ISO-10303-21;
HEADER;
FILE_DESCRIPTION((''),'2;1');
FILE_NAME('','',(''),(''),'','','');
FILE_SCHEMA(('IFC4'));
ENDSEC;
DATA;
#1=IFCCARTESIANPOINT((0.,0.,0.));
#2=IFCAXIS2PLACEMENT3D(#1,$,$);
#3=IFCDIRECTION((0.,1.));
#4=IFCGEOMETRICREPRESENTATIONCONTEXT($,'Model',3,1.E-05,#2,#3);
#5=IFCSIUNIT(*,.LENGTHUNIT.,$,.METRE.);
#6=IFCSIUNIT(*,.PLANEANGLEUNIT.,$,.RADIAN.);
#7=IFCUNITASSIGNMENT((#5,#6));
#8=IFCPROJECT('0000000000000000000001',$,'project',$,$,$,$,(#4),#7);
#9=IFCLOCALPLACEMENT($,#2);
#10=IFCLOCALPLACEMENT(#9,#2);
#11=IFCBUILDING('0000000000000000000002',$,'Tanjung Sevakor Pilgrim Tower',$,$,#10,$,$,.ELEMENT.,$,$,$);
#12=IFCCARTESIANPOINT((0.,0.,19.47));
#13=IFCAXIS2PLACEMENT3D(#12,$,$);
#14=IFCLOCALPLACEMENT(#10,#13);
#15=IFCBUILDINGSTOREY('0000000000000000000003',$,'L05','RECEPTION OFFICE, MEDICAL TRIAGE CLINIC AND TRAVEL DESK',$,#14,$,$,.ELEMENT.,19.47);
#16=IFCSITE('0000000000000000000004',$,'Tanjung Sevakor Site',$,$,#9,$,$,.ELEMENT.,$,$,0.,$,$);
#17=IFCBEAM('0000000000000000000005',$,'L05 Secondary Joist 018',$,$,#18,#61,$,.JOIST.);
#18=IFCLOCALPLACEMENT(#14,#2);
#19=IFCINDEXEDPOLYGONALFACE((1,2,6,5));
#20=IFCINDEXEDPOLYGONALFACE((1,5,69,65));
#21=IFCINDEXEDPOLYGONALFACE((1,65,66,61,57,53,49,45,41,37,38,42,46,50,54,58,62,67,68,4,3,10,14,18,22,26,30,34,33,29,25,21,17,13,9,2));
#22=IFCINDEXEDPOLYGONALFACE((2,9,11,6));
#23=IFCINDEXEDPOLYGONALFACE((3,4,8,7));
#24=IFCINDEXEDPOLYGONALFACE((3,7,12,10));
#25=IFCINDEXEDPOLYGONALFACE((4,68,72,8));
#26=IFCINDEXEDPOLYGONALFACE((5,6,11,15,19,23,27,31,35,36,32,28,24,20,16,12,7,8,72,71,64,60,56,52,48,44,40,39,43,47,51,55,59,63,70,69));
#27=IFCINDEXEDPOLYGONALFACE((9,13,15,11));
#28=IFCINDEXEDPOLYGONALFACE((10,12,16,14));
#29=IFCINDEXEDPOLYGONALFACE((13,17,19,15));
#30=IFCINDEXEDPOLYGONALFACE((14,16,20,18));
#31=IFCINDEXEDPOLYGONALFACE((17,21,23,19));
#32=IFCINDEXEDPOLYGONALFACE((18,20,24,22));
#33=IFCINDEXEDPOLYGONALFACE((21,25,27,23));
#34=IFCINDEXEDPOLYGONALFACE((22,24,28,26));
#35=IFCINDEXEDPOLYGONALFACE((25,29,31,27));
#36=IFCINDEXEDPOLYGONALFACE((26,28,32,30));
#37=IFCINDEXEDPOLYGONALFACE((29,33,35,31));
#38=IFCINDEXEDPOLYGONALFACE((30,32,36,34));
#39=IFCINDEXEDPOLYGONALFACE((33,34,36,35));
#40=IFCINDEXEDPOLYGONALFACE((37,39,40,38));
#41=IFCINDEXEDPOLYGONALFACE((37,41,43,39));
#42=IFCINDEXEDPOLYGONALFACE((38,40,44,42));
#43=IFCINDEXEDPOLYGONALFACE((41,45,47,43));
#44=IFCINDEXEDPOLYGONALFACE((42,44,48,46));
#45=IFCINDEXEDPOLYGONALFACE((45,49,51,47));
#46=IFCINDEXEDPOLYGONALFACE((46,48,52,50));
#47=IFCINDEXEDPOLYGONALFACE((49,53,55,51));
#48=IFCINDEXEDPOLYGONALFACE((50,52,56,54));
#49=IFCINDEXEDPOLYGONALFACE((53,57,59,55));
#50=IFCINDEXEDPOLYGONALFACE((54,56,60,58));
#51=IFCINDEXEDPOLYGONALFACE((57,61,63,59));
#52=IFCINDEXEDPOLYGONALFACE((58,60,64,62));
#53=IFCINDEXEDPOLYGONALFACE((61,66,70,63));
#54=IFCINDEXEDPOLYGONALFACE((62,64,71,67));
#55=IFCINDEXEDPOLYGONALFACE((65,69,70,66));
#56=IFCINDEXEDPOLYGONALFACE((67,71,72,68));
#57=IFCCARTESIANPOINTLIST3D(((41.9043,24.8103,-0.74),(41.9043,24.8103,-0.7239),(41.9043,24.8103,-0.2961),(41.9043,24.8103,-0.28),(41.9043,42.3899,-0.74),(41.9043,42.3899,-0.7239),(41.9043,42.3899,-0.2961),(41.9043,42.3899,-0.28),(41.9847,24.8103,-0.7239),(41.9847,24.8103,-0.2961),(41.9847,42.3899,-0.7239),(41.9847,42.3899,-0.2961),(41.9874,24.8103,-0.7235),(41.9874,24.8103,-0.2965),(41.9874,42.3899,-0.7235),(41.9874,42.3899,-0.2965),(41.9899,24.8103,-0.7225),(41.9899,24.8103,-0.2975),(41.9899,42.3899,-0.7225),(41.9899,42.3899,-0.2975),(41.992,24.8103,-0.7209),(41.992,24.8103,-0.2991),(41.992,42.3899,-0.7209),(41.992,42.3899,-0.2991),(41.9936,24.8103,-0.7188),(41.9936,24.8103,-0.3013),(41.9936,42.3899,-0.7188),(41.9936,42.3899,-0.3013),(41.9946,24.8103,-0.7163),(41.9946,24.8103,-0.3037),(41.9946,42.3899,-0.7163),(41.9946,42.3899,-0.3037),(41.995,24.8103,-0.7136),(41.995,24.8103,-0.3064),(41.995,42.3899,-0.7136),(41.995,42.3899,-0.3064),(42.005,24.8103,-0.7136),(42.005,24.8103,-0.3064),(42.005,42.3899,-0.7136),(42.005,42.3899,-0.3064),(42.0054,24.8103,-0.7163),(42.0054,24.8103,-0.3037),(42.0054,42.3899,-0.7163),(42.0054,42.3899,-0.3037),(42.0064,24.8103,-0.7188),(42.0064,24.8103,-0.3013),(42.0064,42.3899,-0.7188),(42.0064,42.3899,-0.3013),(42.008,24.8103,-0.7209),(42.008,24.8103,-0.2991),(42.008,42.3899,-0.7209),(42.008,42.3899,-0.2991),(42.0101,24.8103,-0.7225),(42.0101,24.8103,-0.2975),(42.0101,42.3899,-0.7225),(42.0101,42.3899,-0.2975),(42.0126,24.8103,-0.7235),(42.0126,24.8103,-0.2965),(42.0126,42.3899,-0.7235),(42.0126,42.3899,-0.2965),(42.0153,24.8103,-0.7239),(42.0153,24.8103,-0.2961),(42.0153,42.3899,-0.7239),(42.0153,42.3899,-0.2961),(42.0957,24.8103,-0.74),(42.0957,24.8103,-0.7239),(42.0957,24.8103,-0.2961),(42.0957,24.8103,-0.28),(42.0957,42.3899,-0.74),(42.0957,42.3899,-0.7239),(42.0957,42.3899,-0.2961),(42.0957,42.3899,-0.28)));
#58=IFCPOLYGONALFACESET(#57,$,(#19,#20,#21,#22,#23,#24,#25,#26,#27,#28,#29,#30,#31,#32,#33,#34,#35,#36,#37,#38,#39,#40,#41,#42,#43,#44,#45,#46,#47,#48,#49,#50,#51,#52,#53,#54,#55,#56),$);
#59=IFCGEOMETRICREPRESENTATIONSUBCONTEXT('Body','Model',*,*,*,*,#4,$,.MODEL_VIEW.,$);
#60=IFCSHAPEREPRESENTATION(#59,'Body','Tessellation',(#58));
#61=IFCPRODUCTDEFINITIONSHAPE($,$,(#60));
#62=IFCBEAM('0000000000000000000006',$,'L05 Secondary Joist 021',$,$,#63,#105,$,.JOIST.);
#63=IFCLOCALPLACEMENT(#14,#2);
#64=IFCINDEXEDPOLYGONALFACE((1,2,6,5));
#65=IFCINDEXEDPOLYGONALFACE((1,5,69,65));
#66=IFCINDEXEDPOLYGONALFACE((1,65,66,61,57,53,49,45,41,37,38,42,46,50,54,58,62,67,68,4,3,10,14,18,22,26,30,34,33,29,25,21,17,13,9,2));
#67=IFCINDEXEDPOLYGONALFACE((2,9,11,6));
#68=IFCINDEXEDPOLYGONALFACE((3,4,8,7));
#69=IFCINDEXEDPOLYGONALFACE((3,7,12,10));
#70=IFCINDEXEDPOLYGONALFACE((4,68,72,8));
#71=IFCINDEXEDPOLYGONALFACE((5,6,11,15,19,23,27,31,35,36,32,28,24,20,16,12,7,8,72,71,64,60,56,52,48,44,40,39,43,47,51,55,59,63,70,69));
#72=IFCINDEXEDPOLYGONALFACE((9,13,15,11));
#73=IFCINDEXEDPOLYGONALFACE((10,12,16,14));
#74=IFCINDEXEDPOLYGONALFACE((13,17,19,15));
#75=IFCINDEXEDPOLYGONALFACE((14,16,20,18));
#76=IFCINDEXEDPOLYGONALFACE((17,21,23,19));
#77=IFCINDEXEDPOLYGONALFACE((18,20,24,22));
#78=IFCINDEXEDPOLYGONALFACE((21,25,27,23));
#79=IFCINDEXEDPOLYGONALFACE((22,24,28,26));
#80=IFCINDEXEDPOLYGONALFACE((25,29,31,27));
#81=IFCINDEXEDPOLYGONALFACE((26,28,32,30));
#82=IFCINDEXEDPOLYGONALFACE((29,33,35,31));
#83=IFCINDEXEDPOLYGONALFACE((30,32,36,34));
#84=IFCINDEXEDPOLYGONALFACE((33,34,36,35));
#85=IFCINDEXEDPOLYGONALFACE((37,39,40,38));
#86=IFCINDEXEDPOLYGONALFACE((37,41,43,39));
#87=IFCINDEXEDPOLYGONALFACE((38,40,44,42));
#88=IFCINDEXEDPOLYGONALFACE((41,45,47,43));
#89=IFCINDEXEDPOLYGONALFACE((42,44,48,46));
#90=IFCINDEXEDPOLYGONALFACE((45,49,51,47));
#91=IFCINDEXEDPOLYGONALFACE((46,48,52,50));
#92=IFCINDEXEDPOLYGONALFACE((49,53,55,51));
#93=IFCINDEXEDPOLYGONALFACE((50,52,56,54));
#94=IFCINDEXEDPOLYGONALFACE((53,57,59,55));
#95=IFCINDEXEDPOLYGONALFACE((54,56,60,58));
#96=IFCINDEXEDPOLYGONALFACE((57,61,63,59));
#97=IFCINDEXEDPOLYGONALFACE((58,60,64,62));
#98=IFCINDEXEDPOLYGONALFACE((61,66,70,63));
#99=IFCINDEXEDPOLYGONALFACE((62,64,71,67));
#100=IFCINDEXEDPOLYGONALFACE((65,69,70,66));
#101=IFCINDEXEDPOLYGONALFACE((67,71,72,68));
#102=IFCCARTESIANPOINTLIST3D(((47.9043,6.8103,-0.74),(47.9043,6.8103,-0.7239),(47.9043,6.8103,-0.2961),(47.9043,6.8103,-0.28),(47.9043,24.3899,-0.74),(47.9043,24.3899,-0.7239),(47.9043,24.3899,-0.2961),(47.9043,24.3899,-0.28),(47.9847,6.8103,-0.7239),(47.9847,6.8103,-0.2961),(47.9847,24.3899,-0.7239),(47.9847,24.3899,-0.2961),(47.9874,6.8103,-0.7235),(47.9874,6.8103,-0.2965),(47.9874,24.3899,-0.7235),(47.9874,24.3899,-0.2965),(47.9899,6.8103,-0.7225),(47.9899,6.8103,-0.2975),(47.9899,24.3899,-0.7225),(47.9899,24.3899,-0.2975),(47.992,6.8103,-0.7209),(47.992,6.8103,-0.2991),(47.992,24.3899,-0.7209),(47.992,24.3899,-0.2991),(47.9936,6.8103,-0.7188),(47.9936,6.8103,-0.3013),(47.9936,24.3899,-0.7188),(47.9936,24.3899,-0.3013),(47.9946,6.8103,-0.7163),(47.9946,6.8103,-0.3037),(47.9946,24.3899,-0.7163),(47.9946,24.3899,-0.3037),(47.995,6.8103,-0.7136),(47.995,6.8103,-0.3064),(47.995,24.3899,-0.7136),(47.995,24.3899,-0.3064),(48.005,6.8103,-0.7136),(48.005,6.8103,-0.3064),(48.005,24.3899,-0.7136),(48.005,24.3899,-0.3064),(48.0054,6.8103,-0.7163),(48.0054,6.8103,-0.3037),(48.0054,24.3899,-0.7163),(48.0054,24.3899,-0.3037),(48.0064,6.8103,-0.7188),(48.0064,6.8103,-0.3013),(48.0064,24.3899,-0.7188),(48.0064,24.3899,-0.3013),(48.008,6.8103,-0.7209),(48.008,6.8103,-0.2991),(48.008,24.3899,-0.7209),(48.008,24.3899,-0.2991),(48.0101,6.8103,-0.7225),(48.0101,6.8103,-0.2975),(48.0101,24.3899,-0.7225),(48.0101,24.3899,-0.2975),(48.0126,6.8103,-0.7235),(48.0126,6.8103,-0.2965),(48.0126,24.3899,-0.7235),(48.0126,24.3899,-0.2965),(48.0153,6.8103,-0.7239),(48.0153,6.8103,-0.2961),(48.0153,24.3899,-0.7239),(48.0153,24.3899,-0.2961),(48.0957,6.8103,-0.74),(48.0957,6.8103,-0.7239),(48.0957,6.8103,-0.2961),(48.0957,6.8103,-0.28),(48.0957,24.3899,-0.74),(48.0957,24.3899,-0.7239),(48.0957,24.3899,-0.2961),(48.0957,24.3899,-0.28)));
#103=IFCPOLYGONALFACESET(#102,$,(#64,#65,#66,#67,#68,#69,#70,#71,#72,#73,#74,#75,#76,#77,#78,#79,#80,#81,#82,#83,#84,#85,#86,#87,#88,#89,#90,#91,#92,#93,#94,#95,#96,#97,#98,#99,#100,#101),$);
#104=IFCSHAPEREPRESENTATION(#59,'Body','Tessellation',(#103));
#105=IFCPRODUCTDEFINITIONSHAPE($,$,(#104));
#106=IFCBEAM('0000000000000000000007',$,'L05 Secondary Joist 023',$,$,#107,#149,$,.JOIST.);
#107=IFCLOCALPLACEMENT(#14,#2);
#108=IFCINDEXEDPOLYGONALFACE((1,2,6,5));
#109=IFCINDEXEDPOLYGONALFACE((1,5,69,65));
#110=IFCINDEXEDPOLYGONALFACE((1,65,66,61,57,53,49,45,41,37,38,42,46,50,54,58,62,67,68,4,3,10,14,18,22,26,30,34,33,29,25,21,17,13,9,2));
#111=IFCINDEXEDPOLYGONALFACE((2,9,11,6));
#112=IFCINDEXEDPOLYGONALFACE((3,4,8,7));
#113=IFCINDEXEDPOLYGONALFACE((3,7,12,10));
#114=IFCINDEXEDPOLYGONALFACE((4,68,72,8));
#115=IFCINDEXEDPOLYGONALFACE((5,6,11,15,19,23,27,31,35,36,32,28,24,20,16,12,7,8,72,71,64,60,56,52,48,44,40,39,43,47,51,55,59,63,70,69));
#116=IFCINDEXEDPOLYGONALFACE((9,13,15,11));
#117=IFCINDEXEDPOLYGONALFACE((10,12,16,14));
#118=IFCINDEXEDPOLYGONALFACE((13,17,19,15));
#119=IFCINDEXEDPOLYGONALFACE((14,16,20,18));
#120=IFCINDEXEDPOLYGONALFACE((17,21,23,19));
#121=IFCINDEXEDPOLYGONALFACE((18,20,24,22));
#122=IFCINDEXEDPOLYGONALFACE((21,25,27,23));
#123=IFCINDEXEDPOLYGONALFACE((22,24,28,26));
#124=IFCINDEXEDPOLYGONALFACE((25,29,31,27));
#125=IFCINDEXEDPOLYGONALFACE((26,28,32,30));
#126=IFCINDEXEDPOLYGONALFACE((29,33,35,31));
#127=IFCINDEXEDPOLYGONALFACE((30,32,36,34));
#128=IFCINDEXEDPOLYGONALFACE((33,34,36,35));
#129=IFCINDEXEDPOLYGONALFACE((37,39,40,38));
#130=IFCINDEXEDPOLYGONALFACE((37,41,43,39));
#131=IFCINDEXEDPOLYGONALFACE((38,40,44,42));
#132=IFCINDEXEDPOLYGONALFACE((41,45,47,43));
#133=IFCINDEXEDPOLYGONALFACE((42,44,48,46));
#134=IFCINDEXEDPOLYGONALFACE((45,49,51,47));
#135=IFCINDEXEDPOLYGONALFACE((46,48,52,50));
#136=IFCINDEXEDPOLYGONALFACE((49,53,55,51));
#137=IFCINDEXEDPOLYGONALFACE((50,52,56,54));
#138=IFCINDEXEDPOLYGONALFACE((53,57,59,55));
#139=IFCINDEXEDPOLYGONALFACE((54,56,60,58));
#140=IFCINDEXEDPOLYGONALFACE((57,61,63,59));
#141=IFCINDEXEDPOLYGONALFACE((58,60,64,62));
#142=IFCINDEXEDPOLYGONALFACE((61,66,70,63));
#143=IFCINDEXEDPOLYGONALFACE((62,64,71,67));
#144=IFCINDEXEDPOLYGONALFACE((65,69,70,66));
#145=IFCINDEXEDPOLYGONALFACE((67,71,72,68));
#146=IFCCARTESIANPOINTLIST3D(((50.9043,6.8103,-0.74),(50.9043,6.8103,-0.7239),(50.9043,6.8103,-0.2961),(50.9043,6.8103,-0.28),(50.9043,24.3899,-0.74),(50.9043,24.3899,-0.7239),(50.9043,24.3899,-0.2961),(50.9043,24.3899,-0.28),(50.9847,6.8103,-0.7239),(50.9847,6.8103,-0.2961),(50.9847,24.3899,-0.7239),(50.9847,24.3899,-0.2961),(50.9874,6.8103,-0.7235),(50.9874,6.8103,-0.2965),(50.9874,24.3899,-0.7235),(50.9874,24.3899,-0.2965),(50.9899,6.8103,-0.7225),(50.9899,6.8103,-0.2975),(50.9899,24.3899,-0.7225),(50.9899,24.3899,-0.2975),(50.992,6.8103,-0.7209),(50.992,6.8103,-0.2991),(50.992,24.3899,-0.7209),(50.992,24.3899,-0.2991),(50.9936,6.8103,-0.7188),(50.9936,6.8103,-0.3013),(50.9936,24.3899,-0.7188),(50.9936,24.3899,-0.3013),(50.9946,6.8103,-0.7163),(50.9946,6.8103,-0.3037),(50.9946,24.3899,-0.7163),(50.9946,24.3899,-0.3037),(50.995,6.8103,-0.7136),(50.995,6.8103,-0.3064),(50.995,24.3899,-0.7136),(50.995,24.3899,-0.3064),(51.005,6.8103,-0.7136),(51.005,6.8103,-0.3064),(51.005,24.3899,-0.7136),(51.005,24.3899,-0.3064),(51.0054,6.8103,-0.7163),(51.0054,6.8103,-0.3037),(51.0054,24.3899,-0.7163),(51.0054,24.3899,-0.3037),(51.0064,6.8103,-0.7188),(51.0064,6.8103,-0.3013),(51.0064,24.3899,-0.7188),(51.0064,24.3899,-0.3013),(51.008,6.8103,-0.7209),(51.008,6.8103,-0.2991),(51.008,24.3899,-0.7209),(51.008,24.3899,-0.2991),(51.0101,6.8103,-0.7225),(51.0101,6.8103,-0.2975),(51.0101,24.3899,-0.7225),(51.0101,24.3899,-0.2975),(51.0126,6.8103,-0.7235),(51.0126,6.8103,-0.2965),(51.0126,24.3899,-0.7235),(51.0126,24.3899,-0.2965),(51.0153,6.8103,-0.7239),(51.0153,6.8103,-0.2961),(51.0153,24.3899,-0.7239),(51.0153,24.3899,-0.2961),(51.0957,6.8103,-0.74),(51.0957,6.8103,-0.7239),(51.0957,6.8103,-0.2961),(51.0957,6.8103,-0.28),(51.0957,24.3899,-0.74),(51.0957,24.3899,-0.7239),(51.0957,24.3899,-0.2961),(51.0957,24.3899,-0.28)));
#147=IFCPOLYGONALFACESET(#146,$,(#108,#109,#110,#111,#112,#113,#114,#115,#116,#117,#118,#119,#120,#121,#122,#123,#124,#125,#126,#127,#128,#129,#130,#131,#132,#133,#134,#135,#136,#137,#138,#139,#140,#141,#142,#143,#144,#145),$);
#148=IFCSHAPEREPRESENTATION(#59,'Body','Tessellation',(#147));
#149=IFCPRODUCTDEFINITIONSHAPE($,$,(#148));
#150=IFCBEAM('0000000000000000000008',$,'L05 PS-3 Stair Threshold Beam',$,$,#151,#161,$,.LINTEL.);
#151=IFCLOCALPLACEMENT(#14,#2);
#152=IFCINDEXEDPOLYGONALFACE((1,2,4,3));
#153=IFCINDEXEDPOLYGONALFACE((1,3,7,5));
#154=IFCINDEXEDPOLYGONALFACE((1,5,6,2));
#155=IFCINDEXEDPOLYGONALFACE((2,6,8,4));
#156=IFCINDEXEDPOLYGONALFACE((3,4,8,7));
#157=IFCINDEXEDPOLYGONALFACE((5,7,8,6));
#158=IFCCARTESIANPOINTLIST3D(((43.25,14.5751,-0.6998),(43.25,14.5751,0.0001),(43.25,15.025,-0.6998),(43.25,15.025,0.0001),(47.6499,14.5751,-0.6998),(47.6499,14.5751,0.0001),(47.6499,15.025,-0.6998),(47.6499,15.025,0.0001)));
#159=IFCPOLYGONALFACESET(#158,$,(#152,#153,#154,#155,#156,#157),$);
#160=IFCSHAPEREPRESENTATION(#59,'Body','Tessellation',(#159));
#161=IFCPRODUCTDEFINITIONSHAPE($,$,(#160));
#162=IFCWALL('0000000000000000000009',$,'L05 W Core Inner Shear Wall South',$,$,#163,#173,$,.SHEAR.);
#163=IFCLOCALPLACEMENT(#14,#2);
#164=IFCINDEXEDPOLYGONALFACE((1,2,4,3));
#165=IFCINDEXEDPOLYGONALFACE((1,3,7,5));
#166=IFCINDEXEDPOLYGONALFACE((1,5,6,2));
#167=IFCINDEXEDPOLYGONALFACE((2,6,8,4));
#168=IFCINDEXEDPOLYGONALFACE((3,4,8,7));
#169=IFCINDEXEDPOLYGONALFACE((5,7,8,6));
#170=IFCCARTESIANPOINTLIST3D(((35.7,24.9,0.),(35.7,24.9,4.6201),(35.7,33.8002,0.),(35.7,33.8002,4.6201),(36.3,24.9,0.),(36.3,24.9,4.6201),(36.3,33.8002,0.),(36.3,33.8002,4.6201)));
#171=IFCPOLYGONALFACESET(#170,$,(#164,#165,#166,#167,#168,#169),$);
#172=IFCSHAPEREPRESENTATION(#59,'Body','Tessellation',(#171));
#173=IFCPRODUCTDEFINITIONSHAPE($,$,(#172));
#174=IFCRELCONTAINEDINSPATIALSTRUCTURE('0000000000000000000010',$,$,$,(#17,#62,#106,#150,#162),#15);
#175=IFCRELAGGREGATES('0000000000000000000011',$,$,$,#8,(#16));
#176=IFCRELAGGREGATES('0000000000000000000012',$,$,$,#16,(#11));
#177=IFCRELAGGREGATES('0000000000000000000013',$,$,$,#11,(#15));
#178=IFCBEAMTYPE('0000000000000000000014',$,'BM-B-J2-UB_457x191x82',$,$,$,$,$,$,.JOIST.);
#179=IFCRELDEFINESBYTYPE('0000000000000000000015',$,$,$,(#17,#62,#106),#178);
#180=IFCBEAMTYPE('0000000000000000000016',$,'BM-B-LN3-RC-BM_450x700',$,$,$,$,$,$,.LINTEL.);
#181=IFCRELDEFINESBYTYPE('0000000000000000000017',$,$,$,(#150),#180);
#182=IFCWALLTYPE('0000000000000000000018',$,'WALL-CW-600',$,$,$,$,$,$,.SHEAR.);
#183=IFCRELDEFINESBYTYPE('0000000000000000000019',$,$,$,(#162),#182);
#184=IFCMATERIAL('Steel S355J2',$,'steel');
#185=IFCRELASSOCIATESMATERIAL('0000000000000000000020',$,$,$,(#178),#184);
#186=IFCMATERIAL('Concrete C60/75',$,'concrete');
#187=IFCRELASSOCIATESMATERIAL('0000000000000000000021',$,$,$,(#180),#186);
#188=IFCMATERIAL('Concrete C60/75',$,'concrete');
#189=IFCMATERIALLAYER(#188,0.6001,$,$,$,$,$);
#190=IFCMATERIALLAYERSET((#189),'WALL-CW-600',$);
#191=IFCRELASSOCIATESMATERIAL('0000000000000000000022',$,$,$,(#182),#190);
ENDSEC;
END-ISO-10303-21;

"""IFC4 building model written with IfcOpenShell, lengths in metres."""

from ifc_helpers import new_model, si_unit, direction, frame, frame_2d, origin, origin_2d, place, context, subcontext, project, spatial, rectangle, i_section, extrude, material, layer, layer_set, material_profile, profile_set, type_object, element, save


model = new_model("IFC4")

# Units and contexts
model_context = context("Model", 3, precision=1e-05, world=origin(), true_north=direction((0.0, 1.0)))
body_context = subcontext(model_context, "Body", "Model", "MODEL_VIEW")
ifc_project = project(units=[si_unit("LENGTHUNIT", "METRE"), si_unit("PLANEANGLEUNIT", "RADIAN")], contexts=[model_context])

# Site, building, storey
site_placement = place(None, origin())
site = spatial("IfcSite", under=ifc_project, at=site_placement, Name="Tanjung Sevakor Site", CompositionType="ELEMENT", RefElevation=0.0)
building_placement = place(site_placement, origin())
building = spatial("IfcBuilding", under=site, at=building_placement, Name="Tanjung Sevakor Pilgrim Tower", CompositionType="ELEMENT")
storey_placement = place(building_placement, frame((0.0, 0.0, 19.47)))
storey = spatial("IfcBuildingStorey", under=building, at=storey_placement, Name="L05", Description="RECEPTION OFFICE, MEDICAL TRIAGE CLINIC AND TRAVEL DESK", CompositionType="ELEMENT", Elevation=19.47)

# Beams
ifc_material_1 = material(Name="Steel S355J2", Category="steel")
ifc_material_profile_1 = material_profile(ifc_material_1, i_section(OverallWidth=0.1914, OverallDepth=0.46, WebThickness=0.01, FlangeThickness=0.0161, FilletRadius=0.0103, at=origin_2d()))
ifc_profile_set_1 = profile_set([ifc_material_profile_1], Name="Steel S355J2")
beam_type_1 = type_object("IfcBeamType", Name="BM-B-J2-UB_457x191x82", PredefinedType="JOIST", material=ifc_profile_set_1)
for number, where, z_axis, x_axis, name in (
    (1, (42.0, 24.8103, -0.51), (0.0, 1.0, 0.0), (-1.0, 0.0, 0.0), "L05 Secondary Joist 018"),
    (2, (48.0, 6.8103, -0.51), (0.0, 1.0, 0.0), (-1.0, 0.0, 0.0), "L05 Secondary Joist 021"),
    (3, (51.0, 6.8103, -0.51), (0.0, 1.0, 0.0), (-1.0, 0.0, 0.0), "L05 Secondary Joist 023"),
):
    element("IfcBeam", number, at=place(storey_placement, frame(where, z_axis=z_axis, x_axis=x_axis)), inside=storey, type_object=beam_type_1, Name=name, PredefinedType="JOIST", context=body_context, shape_type="SweptSolid", body=[
        extrude(i_section(OverallWidth=0.1914, OverallDepth=0.46, WebThickness=0.01, FlangeThickness=0.0161, FilletRadius=0.0103, at=origin_2d()), origin(), (0.0, 0.0, 1.0), 17.5796),
    ])
ifc_material_2 = material(Name="Concrete C60/75", Category="concrete")
ifc_material_profile_2 = material_profile(ifc_material_2, rectangle(XDim=0.45, YDim=0.7, at=origin_2d()))
ifc_profile_set_2 = profile_set([ifc_material_profile_2], Name="Concrete C60/75")
beam_type_2 = type_object("IfcBeamType", Name="BM-B-LN3-RC-BM_450x700", PredefinedType="LINTEL", material=ifc_profile_set_2)
beam_placement = place(storey_placement, frame((43.25, 14.8, -0.3499), z_axis=(1.0, 0.0, 0.0), x_axis=(0.0, 1.0, 0.0)))
element("IfcBeam", 4, at=beam_placement, inside=storey, type_object=beam_type_2, Name="L05 PS-3 Stair Threshold Beam", PredefinedType="LINTEL", context=body_context, shape_type="SweptSolid", body=[
    extrude(rectangle(XDim=0.45, YDim=0.7, at=origin_2d()), origin(), (0.0, 0.0, 1.0), 4.3999),
])

# Wall
ifc_material_3 = material(Name="Concrete C60/75", Category="concrete")
ifc_layer_1 = layer(ifc_material_3, 0.6001)
ifc_layer_set_1 = layer_set([ifc_layer_1], Name="WALL-CW-600")
wall_type_1 = type_object("IfcWallType", Name="WALL-CW-600", PredefinedType="SHEAR", material=ifc_layer_set_1)
wall_1_placement = place(storey_placement, frame((36.0, 24.8999, 0.0), z_axis=(0.0, 0.0, 1.0), x_axis=(0.0, 1.0, 0.0)))
element("IfcWall", 5, at=wall_1_placement, inside=storey, type_object=wall_type_1, Name="L05 W Core Inner Shear Wall South", PredefinedType="SHEAR", context=body_context, shape_type="SweptSolid", body=[
    extrude(rectangle(XDim=8.9001, YDim=0.6001, at=frame_2d((4.4502, 0.0))), origin(), (0.0, 0.0, 1.0), 4.6201),
])

save(model, "model.ifc")
